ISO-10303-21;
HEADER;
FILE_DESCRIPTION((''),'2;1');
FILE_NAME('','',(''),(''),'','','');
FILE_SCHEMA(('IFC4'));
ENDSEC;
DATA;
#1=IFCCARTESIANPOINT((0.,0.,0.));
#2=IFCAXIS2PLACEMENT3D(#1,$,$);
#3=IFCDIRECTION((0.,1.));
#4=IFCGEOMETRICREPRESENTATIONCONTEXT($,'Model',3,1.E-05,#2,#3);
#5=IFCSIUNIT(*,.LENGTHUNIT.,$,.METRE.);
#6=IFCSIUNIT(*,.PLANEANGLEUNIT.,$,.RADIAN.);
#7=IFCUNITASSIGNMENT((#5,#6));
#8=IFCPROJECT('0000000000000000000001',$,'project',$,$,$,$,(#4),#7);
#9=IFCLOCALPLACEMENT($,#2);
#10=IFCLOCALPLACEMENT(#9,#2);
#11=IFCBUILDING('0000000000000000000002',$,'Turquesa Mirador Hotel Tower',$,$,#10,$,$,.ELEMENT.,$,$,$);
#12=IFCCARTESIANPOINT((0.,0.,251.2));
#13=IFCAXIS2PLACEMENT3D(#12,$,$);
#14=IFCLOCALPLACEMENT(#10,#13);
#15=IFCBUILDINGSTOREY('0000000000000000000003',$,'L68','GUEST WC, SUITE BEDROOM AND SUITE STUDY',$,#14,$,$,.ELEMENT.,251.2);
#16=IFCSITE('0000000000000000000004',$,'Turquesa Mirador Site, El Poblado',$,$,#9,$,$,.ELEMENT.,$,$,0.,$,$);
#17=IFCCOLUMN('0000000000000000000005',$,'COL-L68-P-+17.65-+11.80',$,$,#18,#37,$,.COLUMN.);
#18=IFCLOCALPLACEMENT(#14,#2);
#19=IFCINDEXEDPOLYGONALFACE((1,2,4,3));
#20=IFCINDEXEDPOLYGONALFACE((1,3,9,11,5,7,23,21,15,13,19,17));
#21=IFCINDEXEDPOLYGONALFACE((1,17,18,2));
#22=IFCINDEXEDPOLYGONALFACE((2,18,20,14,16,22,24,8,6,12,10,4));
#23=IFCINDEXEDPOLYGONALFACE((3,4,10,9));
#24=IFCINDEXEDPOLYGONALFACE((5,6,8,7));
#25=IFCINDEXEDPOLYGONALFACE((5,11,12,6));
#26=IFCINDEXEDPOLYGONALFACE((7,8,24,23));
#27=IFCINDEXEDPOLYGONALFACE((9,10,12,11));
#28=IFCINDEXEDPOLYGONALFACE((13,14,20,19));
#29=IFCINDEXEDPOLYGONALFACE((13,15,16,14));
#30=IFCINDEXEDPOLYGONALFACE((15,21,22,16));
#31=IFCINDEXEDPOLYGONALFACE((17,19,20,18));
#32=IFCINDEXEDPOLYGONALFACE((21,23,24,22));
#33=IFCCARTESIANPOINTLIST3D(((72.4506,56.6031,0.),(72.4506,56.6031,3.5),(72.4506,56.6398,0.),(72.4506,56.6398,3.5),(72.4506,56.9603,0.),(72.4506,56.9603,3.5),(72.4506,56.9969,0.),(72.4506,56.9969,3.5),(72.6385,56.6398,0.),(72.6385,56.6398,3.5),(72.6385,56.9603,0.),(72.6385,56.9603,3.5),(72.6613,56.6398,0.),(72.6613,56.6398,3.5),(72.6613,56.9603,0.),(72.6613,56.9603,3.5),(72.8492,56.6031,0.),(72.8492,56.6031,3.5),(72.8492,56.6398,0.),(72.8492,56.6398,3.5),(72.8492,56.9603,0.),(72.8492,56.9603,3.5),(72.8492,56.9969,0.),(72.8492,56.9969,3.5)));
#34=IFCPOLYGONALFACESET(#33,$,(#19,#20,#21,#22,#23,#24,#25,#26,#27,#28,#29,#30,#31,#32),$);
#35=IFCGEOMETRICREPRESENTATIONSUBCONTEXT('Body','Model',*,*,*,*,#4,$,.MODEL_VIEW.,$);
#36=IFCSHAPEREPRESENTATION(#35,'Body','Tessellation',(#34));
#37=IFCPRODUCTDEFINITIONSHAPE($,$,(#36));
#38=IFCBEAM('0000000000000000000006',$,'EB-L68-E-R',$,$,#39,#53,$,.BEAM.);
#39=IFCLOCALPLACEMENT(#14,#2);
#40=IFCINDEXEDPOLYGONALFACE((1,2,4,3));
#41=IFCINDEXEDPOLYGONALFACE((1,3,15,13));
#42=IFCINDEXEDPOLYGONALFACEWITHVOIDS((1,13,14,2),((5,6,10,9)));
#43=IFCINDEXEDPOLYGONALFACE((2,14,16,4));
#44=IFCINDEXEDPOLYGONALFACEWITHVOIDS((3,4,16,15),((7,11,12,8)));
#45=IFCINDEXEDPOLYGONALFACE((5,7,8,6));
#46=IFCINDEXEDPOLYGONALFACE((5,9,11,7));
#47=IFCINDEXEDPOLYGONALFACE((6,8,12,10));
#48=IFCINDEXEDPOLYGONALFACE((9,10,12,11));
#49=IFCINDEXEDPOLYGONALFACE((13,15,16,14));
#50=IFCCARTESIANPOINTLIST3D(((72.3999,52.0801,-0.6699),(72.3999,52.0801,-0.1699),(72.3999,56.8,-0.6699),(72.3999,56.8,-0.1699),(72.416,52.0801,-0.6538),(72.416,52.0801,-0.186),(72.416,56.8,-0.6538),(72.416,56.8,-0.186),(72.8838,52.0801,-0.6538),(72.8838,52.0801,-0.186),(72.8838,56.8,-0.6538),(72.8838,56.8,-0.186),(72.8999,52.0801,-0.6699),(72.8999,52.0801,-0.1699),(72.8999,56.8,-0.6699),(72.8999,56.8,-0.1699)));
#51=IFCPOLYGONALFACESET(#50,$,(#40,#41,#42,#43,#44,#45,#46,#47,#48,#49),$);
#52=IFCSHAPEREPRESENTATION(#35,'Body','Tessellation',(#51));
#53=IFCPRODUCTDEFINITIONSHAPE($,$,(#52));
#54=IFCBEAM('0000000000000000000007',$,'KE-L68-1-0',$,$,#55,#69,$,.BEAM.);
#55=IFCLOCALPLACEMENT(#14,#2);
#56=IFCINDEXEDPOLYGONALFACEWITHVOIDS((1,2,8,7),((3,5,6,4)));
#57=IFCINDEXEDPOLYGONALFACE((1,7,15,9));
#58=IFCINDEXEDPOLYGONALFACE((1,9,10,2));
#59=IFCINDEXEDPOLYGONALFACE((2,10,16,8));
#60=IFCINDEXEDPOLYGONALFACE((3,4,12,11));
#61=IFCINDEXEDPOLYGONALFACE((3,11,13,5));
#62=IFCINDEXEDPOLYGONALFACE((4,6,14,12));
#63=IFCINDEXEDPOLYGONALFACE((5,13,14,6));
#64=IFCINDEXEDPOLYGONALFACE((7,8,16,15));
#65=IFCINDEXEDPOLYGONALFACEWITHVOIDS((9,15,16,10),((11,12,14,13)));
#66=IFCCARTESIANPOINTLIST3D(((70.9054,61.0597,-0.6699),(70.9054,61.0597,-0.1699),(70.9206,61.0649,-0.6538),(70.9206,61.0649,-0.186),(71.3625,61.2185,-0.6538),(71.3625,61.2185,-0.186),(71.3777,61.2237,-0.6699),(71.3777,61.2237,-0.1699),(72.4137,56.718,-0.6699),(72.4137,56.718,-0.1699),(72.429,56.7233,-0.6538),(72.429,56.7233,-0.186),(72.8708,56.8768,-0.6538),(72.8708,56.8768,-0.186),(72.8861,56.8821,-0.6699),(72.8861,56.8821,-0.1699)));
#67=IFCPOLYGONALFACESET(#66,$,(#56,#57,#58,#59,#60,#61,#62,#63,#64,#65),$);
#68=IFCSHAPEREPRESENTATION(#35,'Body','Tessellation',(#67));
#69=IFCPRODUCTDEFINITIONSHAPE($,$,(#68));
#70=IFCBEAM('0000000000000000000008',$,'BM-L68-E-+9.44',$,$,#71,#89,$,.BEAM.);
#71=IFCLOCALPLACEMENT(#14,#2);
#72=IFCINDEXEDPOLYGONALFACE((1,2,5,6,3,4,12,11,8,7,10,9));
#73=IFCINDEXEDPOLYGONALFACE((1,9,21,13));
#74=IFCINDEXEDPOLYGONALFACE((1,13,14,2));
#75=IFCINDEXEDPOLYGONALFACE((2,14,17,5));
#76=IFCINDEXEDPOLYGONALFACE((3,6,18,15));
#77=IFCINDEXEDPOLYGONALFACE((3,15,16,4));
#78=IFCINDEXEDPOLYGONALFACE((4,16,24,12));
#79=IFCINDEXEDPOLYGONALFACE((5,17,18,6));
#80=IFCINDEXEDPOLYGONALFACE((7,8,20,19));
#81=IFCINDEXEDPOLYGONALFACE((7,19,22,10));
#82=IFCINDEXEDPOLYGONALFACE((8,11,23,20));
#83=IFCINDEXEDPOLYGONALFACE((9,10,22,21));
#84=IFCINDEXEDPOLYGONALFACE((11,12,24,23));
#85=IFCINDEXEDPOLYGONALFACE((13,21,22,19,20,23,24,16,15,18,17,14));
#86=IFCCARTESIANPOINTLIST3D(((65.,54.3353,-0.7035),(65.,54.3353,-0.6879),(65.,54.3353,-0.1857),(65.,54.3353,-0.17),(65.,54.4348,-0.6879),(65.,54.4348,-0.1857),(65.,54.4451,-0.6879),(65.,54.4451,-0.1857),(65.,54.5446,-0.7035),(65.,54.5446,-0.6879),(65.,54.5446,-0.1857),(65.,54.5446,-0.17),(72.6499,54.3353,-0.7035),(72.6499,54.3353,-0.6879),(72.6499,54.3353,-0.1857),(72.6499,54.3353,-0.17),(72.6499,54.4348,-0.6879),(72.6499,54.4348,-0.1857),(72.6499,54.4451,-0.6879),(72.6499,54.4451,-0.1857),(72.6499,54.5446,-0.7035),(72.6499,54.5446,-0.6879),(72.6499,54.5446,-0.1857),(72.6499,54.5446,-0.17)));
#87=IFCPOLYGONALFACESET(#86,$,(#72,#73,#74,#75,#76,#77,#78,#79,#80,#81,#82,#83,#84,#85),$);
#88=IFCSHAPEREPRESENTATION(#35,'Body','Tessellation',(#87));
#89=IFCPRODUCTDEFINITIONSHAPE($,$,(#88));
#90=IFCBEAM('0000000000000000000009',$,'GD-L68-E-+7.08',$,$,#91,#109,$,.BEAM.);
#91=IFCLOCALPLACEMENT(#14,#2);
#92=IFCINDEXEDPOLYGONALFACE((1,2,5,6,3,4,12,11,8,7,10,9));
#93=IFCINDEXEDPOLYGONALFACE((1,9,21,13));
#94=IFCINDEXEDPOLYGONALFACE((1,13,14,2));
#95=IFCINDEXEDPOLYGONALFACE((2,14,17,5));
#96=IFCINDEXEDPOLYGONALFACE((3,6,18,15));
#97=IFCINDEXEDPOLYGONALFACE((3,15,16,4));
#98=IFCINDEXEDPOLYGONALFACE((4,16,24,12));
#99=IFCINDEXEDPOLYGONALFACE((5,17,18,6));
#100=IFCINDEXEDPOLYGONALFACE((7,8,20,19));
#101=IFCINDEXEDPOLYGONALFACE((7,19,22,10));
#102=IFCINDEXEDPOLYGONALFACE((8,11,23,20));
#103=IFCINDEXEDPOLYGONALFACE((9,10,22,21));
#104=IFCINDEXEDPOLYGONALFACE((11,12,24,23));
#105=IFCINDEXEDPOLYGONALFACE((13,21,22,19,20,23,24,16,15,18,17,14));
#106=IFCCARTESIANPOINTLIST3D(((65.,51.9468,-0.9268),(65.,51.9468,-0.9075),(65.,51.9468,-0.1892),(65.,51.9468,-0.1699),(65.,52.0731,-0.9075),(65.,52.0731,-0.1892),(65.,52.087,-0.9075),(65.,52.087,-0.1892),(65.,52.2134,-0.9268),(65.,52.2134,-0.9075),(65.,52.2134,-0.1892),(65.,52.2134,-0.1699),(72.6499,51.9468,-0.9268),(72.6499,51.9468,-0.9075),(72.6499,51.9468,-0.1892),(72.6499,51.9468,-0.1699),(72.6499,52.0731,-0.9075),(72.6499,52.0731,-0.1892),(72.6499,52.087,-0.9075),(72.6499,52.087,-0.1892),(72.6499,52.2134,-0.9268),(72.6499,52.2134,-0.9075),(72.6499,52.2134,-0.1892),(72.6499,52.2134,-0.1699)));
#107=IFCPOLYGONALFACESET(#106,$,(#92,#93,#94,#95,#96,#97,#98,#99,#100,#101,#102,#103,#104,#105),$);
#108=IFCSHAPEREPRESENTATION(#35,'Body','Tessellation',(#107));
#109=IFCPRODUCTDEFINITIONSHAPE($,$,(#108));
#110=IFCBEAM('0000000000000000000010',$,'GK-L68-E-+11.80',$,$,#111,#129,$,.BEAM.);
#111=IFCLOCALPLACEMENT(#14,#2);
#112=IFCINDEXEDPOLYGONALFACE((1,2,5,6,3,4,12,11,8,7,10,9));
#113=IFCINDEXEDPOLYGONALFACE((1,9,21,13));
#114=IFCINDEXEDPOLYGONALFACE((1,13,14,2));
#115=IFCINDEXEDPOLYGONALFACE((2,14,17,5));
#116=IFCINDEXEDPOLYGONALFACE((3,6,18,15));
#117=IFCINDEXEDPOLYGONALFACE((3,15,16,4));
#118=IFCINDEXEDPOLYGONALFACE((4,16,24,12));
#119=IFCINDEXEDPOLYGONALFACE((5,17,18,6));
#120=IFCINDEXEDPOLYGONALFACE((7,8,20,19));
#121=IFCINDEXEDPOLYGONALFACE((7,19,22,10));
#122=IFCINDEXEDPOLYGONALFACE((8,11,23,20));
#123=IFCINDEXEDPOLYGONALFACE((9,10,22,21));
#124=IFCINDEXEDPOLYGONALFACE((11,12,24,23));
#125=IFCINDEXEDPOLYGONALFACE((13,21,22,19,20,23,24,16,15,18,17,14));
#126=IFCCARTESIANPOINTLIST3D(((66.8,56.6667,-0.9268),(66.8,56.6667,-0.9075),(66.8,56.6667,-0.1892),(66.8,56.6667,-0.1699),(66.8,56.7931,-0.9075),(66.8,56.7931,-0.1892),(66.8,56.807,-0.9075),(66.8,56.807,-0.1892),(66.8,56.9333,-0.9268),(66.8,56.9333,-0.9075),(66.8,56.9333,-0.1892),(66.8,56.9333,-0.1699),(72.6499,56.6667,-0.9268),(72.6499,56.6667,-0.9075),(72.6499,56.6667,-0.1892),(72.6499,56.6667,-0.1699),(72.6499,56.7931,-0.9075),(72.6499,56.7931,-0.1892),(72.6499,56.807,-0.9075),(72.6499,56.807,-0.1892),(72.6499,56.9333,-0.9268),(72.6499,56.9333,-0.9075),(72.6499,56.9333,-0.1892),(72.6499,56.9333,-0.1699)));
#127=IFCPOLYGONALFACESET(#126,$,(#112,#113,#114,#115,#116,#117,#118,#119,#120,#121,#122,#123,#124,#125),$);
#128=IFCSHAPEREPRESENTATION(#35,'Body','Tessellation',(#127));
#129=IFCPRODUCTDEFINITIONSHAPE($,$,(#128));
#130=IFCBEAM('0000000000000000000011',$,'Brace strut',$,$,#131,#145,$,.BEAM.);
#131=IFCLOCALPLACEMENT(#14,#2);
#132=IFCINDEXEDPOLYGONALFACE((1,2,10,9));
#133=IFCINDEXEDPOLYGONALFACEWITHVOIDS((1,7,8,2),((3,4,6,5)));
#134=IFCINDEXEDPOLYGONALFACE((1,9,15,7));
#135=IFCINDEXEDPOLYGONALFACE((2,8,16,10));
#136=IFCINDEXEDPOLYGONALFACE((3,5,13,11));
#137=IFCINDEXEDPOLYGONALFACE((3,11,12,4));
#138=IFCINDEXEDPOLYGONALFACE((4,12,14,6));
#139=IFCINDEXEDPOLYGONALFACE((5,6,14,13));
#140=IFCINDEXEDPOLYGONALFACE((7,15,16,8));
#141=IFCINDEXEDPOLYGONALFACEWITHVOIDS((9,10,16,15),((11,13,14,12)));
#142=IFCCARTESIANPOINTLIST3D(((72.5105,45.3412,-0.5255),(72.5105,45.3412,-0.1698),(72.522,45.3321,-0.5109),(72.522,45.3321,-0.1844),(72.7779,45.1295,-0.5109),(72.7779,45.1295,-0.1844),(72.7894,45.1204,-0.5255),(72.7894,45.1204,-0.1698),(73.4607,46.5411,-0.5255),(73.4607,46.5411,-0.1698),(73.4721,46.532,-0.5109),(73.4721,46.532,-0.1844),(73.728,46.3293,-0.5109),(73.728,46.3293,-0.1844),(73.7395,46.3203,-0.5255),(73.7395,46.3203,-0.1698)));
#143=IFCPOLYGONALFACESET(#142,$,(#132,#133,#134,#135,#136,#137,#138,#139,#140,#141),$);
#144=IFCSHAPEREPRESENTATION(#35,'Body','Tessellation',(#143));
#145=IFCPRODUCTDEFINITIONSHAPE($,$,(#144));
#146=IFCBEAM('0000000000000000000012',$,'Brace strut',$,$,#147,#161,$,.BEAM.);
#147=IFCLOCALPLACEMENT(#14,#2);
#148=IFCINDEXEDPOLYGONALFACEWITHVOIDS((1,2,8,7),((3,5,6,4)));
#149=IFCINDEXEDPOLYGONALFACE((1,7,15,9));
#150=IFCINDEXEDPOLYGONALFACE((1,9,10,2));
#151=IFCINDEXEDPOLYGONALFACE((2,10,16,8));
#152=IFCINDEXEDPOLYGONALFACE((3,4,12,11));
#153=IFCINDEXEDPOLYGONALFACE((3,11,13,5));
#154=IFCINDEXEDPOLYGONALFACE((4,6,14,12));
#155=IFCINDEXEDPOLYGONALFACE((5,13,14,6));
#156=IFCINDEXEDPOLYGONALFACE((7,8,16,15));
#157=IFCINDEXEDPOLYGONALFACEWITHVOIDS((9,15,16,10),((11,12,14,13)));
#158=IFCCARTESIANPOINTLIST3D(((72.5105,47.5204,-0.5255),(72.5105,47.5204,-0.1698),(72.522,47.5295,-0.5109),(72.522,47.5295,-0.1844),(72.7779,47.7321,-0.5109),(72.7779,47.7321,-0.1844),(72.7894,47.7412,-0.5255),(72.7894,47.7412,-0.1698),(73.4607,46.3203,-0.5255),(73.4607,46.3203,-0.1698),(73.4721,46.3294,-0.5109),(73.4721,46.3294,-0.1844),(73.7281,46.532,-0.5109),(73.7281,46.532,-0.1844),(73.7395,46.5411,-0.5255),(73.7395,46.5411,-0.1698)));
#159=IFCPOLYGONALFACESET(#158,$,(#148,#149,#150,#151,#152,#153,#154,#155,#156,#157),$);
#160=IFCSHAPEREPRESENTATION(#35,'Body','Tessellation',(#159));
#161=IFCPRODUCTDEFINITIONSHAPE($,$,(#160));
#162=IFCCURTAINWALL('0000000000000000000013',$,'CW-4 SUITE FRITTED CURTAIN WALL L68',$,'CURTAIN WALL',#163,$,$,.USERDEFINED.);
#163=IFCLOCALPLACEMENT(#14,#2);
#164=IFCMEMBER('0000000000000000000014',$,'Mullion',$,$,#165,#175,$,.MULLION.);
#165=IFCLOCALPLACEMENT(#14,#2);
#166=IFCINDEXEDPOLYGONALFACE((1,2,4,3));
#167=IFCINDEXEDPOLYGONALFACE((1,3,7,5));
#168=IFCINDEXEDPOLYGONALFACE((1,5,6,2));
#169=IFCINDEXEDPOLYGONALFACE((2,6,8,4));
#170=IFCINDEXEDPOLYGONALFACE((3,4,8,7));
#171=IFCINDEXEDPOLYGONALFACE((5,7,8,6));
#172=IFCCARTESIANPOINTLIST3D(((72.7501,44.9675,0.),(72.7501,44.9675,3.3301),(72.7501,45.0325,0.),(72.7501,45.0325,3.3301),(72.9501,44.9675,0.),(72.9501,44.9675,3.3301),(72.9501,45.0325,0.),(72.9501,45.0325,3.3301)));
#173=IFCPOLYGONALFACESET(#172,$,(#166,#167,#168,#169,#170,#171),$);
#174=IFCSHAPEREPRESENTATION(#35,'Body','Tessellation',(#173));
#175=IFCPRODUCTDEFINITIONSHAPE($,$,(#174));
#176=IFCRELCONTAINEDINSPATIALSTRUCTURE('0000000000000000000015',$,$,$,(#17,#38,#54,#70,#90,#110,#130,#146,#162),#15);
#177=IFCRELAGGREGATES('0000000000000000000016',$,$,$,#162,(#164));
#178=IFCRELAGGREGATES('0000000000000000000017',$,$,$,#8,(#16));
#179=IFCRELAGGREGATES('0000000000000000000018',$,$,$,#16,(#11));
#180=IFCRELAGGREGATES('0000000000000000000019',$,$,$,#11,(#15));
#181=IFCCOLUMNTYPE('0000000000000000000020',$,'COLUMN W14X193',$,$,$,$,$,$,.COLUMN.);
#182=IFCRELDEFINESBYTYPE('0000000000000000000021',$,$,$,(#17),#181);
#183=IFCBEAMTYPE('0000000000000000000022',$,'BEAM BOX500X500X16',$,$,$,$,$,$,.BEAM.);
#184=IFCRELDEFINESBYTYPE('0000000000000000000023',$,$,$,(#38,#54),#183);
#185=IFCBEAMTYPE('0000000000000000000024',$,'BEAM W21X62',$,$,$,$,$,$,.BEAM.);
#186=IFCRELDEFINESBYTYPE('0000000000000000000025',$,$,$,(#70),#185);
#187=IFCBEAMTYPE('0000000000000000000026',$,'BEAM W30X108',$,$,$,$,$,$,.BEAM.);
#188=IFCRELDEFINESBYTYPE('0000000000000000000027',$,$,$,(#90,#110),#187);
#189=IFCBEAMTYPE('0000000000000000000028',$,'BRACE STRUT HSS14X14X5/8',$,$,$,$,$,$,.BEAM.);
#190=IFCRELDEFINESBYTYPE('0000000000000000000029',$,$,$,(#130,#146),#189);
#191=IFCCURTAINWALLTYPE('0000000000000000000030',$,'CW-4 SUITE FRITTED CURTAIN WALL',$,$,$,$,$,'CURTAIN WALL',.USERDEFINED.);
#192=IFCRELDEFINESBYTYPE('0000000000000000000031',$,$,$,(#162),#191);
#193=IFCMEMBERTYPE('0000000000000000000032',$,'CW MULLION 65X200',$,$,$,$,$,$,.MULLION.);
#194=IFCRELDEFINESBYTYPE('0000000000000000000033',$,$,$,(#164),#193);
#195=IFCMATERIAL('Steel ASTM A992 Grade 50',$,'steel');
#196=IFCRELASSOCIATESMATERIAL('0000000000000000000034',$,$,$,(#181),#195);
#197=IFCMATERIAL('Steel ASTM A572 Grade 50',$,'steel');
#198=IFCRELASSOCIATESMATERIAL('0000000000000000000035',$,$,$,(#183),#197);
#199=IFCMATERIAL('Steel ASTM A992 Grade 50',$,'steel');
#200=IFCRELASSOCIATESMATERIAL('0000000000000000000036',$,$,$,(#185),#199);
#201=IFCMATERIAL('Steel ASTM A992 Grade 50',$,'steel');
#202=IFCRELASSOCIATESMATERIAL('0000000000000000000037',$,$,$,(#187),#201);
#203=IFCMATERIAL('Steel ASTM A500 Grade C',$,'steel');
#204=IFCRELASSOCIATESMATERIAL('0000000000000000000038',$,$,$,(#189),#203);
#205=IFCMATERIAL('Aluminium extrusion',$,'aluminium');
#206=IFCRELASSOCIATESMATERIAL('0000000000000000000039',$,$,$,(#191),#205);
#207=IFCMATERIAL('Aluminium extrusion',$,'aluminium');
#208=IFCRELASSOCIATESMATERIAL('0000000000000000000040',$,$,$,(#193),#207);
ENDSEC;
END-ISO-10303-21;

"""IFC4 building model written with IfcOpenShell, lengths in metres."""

from ifc_helpers import new_model, si_unit, direction, frame, origin, origin_2d, place, context, subcontext, project, spatial, rectangle, hollow_rectangle, i_section, extrude, material, material_profile, profile_set, type_object, element, aggregate, save


model = new_model("IFC4")

# Units and contexts
model_context = context("Model", 3, precision=1e-05, world=origin(), true_north=direction((0.0, 1.0)))
body_context = subcontext(model_context, "Body", "Model", "MODEL_VIEW")
ifc_project = project(units=[si_unit("LENGTHUNIT", "METRE"), si_unit("PLANEANGLEUNIT", "RADIAN")], contexts=[model_context])

# Site, building, storey
site_placement = place(None, origin())
site = spatial("IfcSite", under=ifc_project, at=site_placement, Name="Turquesa Mirador Site, El Poblado", CompositionType="ELEMENT", RefElevation=0.0)
building_placement = place(site_placement, origin())
building = spatial("IfcBuilding", under=site, at=building_placement, Name="Turquesa Mirador Hotel Tower", CompositionType="ELEMENT")
storey_placement = place(building_placement, frame((0.0, 0.0, 251.2)))
storey = spatial("IfcBuildingStorey", under=building, at=storey_placement, Name="L68", Description="GUEST WC, SUITE BEDROOM AND SUITE STUDY", CompositionType="ELEMENT", Elevation=251.2)

# Column
ifc_material_1 = material(Name="Steel ASTM A992 Grade 50", Category="steel")
ifc_material_profile_1 = material_profile(ifc_material_1, i_section(OverallWidth=0.3987, OverallDepth=0.3938, WebThickness=0.0227, FlangeThickness=0.0366, at=origin_2d()), Name="W14X193")
ifc_profile_set_1 = profile_set([ifc_material_profile_1], Name="Steel ASTM A992 Grade 50")
column_type = type_object("IfcColumnType", Name="COLUMN W14X193", PredefinedType="COLUMN", material=ifc_profile_set_1)
column_placement = place(storey_placement, frame((72.6499, 56.8, 0.0), z_axis=(0.0, 0.0, 1.0), x_axis=(1.0, 0.0, 0.0)))
element("IfcColumn", 1, at=column_placement, inside=storey, type_object=column_type, Name="COL-L68-P-+17.65-+11.80", PredefinedType="COLUMN", context=body_context, shape_type="SweptSolid", body=[
    extrude(i_section(OverallWidth=0.3987, OverallDepth=0.3938, WebThickness=0.0227, FlangeThickness=0.0366, at=origin_2d()), origin(), (0.0, 0.0, 1.0), 3.5),
])

# Beams
ifc_material_2 = material(Name="Steel ASTM A572 Grade 50", Category="steel")
ifc_material_profile_2 = material_profile(ifc_material_2, hollow_rectangle(XDim=0.5, YDim=0.5, WallThickness=0.0161, at=origin_2d()), Name="BOX500X500X16")
ifc_profile_set_2 = profile_set([ifc_material_profile_2], Name="Steel ASTM A572 Grade 50")
beam_type_1 = type_object("IfcBeamType", Name="BEAM BOX500X500X16", PredefinedType="BEAM", material=ifc_profile_set_2)
beam_1_placement = place(storey_placement, frame((72.6499, 52.0801, -0.4199), z_axis=(0.0, 1.0, 0.0), x_axis=(-1.0, 0.0, 0.0)))
element("IfcBeam", 2, at=beam_1_placement, inside=storey, type_object=beam_type_1, Name="EB-L68-E-R", PredefinedType="BEAM", context=body_context, shape_type="SweptSolid", body=[
    extrude(hollow_rectangle(XDim=0.5, YDim=0.5, WallThickness=0.0161, at=origin_2d()), origin(), (0.0, 0.0, 1.0), 4.72),
])
beam_2_placement = place(storey_placement, frame((72.6499, 56.8, -0.4199), z_axis=(-0.32817, 0.944619, 0.0), x_axis=(-0.944619, -0.32817, 0.0)))
element("IfcBeam", 3, at=beam_2_placement, inside=storey, type_object=beam_type_1, Name="KE-L68-1-0", PredefinedType="BEAM", context=body_context, shape_type="SweptSolid", body=[
    extrude(hollow_rectangle(XDim=0.5, YDim=0.5, WallThickness=0.0161, at=origin_2d()), origin(), (0.0, 0.0, 1.0), 4.5962),
])
ifc_material_3 = material(Name="Steel ASTM A992 Grade 50", Category="steel")
ifc_material_profile_3 = material_profile(ifc_material_3, i_section(OverallWidth=0.2092, OverallDepth=0.5334, WebThickness=0.0103, FlangeThickness=0.0156, at=origin_2d()), Name="W21X62")
ifc_profile_set_3 = profile_set([ifc_material_profile_3], Name="Steel ASTM A992 Grade 50")
beam_type_2 = type_object("IfcBeamType", Name="BEAM W21X62", PredefinedType="BEAM", material=ifc_profile_set_3)
beam_3_placement = place(storey_placement, frame((72.6499, 54.4399, -0.4368), z_axis=(-1.0, 0.0, 0.0), x_axis=(0.0, -1.0, 0.0)))
element("IfcBeam", 4, at=beam_3_placement, inside=storey, type_object=beam_type_2, Name="BM-L68-E-+9.44", PredefinedType="BEAM", context=body_context, shape_type="SweptSolid", body=[
    extrude(i_section(OverallWidth=0.2092, OverallDepth=0.5334, WebThickness=0.0103, FlangeThickness=0.0156, at=origin_2d()), origin(), (0.0, 0.0, 1.0), 7.6499),
])
ifc_material_4 = material(Name="Steel ASTM A992 Grade 50", Category="steel")
ifc_material_profile_4 = material_profile(ifc_material_4, i_section(OverallWidth=0.2666, OverallDepth=0.7568, WebThickness=0.0139, FlangeThickness=0.0193, at=origin_2d()), Name="W30X108")
ifc_profile_set_4 = profile_set([ifc_material_profile_4], Name="Steel ASTM A992 Grade 50")
beam_type_3 = type_object("IfcBeamType", Name="BEAM W30X108", PredefinedType="BEAM", material=ifc_profile_set_4)
beam_4_placement = place(storey_placement, frame((72.6499, 52.0801, -0.5483), z_axis=(-1.0, 0.0, 0.0), x_axis=(0.0, -1.0, 0.0)))
element("IfcBeam", 5, at=beam_4_placement, inside=storey, type_object=beam_type_3, Name="GD-L68-E-+7.08", PredefinedType="BEAM", context=body_context, shape_type="SweptSolid", body=[
    extrude(i_section(OverallWidth=0.2666, OverallDepth=0.7568, WebThickness=0.0139, FlangeThickness=0.0193, at=origin_2d()), origin(), (0.0, 0.0, 1.0), 7.6499),
])
beam_5_placement = place(storey_placement, frame((72.6499, 56.8, -0.5483), z_axis=(-1.0, 0.0, 0.0), x_axis=(0.0, -1.0, 0.0)))
element("IfcBeam", 6, at=beam_5_placement, inside=storey, type_object=beam_type_3, Name="GK-L68-E-+11.80", PredefinedType="BEAM", context=body_context, shape_type="SweptSolid", body=[
    extrude(i_section(OverallWidth=0.2666, OverallDepth=0.7568, WebThickness=0.0139, FlangeThickness=0.0193, at=origin_2d()), origin(), (0.0, 0.0, 1.0), 5.8499),
])
ifc_material_5 = material(Name="Steel ASTM A500 Grade C", Category="steel")
ifc_material_profile_5 = material_profile(ifc_material_5, hollow_rectangle(XDim=0.3557, YDim=0.3557, WallThickness=0.0146, at=origin_2d()), Name="HSS14X14X5/8")
ifc_profile_set_5 = profile_set([ifc_material_profile_5], Name="Steel ASTM A500 Grade C")
beam_type_4 = type_object("IfcBeamType", Name="BRACE STRUT HSS14X14X5/8", PredefinedType="BEAM", material=ifc_profile_set_5)
beam_6_placement = place(storey_placement, frame((73.6001, 46.4307, -0.3477), z_axis=(-0.620797, -0.783971, 0.0), x_axis=(0.783971, -0.620797, 0.0)))
element("IfcBeam", 7, at=beam_6_placement, inside=storey, type_object=beam_type_4, Name="Brace strut", PredefinedType="BEAM", context=body_context, shape_type="SweptSolid", body=[
    extrude(hollow_rectangle(XDim=0.3557, YDim=0.3557, WallThickness=0.0146, at=origin_2d()), origin(), (0.0, 0.0, 1.0), 1.5305),
])
beam_7_placement = place(storey_placement, frame((73.6001, 46.4307, -0.3477), z_axis=(-0.620719, 0.784033, 0.0), x_axis=(-0.784033, -0.620719, 0.0)))
element("IfcBeam", 8, at=beam_7_placement, inside=storey, type_object=beam_type_4, Name="Brace strut", PredefinedType="BEAM", context=body_context, shape_type="SweptSolid", body=[
    extrude(hollow_rectangle(XDim=0.3557, YDim=0.3557, WallThickness=0.0146, at=origin_2d()), origin(), (0.0, 0.0, 1.0), 1.5308),
])

# Curtain wall, member
ifc_material_6 = material(Name="Aluminium extrusion", Category="aluminium")
curtain_wall_type = type_object("IfcCurtainWallType", Name="CW-4 SUITE FRITTED CURTAIN WALL", ElementType="CURTAIN WALL", PredefinedType="USERDEFINED", material=ifc_material_6)
curtain_wall_1_placement = place(storey_placement, origin())
curtain_wall_1 = element("IfcCurtainWall", 9, at=curtain_wall_1_placement, inside=storey, type_object=curtain_wall_type, Name="CW-4 SUITE FRITTED CURTAIN WALL L68", ObjectType="CURTAIN WALL", PredefinedType="USERDEFINED")
ifc_material_7 = material(Name="Aluminium extrusion", Category="aluminium")
ifc_material_profile_6 = material_profile(ifc_material_7, rectangle(XDim=0.0649, YDim=0.2, at=origin_2d()), Name="MULLION 65X200")
ifc_profile_set_6 = profile_set([ifc_material_profile_6], Name="Aluminium extrusion")
member_type_1 = type_object("IfcMemberType", Name="CW MULLION 65X200", PredefinedType="MULLION", material=ifc_profile_set_6)
member_1_placement = place(storey_placement, frame((72.8501, 45.0, 0.0), z_axis=(0.0, 0.0, 1.0), x_axis=(0.0, 1.0, 0.0)))
member_1 = element("IfcMember", 10, at=member_1_placement, type_object=member_type_1, Name="Mullion", PredefinedType="MULLION", context=body_context, shape_type="SweptSolid", body=[
    extrude(rectangle(XDim=0.0649, YDim=0.2, at=origin_2d()), origin(), (0.0, 0.0, 1.0), 3.3301),
])

aggregate(curtain_wall_1, [member_1])

save(model, "model.ifc")
